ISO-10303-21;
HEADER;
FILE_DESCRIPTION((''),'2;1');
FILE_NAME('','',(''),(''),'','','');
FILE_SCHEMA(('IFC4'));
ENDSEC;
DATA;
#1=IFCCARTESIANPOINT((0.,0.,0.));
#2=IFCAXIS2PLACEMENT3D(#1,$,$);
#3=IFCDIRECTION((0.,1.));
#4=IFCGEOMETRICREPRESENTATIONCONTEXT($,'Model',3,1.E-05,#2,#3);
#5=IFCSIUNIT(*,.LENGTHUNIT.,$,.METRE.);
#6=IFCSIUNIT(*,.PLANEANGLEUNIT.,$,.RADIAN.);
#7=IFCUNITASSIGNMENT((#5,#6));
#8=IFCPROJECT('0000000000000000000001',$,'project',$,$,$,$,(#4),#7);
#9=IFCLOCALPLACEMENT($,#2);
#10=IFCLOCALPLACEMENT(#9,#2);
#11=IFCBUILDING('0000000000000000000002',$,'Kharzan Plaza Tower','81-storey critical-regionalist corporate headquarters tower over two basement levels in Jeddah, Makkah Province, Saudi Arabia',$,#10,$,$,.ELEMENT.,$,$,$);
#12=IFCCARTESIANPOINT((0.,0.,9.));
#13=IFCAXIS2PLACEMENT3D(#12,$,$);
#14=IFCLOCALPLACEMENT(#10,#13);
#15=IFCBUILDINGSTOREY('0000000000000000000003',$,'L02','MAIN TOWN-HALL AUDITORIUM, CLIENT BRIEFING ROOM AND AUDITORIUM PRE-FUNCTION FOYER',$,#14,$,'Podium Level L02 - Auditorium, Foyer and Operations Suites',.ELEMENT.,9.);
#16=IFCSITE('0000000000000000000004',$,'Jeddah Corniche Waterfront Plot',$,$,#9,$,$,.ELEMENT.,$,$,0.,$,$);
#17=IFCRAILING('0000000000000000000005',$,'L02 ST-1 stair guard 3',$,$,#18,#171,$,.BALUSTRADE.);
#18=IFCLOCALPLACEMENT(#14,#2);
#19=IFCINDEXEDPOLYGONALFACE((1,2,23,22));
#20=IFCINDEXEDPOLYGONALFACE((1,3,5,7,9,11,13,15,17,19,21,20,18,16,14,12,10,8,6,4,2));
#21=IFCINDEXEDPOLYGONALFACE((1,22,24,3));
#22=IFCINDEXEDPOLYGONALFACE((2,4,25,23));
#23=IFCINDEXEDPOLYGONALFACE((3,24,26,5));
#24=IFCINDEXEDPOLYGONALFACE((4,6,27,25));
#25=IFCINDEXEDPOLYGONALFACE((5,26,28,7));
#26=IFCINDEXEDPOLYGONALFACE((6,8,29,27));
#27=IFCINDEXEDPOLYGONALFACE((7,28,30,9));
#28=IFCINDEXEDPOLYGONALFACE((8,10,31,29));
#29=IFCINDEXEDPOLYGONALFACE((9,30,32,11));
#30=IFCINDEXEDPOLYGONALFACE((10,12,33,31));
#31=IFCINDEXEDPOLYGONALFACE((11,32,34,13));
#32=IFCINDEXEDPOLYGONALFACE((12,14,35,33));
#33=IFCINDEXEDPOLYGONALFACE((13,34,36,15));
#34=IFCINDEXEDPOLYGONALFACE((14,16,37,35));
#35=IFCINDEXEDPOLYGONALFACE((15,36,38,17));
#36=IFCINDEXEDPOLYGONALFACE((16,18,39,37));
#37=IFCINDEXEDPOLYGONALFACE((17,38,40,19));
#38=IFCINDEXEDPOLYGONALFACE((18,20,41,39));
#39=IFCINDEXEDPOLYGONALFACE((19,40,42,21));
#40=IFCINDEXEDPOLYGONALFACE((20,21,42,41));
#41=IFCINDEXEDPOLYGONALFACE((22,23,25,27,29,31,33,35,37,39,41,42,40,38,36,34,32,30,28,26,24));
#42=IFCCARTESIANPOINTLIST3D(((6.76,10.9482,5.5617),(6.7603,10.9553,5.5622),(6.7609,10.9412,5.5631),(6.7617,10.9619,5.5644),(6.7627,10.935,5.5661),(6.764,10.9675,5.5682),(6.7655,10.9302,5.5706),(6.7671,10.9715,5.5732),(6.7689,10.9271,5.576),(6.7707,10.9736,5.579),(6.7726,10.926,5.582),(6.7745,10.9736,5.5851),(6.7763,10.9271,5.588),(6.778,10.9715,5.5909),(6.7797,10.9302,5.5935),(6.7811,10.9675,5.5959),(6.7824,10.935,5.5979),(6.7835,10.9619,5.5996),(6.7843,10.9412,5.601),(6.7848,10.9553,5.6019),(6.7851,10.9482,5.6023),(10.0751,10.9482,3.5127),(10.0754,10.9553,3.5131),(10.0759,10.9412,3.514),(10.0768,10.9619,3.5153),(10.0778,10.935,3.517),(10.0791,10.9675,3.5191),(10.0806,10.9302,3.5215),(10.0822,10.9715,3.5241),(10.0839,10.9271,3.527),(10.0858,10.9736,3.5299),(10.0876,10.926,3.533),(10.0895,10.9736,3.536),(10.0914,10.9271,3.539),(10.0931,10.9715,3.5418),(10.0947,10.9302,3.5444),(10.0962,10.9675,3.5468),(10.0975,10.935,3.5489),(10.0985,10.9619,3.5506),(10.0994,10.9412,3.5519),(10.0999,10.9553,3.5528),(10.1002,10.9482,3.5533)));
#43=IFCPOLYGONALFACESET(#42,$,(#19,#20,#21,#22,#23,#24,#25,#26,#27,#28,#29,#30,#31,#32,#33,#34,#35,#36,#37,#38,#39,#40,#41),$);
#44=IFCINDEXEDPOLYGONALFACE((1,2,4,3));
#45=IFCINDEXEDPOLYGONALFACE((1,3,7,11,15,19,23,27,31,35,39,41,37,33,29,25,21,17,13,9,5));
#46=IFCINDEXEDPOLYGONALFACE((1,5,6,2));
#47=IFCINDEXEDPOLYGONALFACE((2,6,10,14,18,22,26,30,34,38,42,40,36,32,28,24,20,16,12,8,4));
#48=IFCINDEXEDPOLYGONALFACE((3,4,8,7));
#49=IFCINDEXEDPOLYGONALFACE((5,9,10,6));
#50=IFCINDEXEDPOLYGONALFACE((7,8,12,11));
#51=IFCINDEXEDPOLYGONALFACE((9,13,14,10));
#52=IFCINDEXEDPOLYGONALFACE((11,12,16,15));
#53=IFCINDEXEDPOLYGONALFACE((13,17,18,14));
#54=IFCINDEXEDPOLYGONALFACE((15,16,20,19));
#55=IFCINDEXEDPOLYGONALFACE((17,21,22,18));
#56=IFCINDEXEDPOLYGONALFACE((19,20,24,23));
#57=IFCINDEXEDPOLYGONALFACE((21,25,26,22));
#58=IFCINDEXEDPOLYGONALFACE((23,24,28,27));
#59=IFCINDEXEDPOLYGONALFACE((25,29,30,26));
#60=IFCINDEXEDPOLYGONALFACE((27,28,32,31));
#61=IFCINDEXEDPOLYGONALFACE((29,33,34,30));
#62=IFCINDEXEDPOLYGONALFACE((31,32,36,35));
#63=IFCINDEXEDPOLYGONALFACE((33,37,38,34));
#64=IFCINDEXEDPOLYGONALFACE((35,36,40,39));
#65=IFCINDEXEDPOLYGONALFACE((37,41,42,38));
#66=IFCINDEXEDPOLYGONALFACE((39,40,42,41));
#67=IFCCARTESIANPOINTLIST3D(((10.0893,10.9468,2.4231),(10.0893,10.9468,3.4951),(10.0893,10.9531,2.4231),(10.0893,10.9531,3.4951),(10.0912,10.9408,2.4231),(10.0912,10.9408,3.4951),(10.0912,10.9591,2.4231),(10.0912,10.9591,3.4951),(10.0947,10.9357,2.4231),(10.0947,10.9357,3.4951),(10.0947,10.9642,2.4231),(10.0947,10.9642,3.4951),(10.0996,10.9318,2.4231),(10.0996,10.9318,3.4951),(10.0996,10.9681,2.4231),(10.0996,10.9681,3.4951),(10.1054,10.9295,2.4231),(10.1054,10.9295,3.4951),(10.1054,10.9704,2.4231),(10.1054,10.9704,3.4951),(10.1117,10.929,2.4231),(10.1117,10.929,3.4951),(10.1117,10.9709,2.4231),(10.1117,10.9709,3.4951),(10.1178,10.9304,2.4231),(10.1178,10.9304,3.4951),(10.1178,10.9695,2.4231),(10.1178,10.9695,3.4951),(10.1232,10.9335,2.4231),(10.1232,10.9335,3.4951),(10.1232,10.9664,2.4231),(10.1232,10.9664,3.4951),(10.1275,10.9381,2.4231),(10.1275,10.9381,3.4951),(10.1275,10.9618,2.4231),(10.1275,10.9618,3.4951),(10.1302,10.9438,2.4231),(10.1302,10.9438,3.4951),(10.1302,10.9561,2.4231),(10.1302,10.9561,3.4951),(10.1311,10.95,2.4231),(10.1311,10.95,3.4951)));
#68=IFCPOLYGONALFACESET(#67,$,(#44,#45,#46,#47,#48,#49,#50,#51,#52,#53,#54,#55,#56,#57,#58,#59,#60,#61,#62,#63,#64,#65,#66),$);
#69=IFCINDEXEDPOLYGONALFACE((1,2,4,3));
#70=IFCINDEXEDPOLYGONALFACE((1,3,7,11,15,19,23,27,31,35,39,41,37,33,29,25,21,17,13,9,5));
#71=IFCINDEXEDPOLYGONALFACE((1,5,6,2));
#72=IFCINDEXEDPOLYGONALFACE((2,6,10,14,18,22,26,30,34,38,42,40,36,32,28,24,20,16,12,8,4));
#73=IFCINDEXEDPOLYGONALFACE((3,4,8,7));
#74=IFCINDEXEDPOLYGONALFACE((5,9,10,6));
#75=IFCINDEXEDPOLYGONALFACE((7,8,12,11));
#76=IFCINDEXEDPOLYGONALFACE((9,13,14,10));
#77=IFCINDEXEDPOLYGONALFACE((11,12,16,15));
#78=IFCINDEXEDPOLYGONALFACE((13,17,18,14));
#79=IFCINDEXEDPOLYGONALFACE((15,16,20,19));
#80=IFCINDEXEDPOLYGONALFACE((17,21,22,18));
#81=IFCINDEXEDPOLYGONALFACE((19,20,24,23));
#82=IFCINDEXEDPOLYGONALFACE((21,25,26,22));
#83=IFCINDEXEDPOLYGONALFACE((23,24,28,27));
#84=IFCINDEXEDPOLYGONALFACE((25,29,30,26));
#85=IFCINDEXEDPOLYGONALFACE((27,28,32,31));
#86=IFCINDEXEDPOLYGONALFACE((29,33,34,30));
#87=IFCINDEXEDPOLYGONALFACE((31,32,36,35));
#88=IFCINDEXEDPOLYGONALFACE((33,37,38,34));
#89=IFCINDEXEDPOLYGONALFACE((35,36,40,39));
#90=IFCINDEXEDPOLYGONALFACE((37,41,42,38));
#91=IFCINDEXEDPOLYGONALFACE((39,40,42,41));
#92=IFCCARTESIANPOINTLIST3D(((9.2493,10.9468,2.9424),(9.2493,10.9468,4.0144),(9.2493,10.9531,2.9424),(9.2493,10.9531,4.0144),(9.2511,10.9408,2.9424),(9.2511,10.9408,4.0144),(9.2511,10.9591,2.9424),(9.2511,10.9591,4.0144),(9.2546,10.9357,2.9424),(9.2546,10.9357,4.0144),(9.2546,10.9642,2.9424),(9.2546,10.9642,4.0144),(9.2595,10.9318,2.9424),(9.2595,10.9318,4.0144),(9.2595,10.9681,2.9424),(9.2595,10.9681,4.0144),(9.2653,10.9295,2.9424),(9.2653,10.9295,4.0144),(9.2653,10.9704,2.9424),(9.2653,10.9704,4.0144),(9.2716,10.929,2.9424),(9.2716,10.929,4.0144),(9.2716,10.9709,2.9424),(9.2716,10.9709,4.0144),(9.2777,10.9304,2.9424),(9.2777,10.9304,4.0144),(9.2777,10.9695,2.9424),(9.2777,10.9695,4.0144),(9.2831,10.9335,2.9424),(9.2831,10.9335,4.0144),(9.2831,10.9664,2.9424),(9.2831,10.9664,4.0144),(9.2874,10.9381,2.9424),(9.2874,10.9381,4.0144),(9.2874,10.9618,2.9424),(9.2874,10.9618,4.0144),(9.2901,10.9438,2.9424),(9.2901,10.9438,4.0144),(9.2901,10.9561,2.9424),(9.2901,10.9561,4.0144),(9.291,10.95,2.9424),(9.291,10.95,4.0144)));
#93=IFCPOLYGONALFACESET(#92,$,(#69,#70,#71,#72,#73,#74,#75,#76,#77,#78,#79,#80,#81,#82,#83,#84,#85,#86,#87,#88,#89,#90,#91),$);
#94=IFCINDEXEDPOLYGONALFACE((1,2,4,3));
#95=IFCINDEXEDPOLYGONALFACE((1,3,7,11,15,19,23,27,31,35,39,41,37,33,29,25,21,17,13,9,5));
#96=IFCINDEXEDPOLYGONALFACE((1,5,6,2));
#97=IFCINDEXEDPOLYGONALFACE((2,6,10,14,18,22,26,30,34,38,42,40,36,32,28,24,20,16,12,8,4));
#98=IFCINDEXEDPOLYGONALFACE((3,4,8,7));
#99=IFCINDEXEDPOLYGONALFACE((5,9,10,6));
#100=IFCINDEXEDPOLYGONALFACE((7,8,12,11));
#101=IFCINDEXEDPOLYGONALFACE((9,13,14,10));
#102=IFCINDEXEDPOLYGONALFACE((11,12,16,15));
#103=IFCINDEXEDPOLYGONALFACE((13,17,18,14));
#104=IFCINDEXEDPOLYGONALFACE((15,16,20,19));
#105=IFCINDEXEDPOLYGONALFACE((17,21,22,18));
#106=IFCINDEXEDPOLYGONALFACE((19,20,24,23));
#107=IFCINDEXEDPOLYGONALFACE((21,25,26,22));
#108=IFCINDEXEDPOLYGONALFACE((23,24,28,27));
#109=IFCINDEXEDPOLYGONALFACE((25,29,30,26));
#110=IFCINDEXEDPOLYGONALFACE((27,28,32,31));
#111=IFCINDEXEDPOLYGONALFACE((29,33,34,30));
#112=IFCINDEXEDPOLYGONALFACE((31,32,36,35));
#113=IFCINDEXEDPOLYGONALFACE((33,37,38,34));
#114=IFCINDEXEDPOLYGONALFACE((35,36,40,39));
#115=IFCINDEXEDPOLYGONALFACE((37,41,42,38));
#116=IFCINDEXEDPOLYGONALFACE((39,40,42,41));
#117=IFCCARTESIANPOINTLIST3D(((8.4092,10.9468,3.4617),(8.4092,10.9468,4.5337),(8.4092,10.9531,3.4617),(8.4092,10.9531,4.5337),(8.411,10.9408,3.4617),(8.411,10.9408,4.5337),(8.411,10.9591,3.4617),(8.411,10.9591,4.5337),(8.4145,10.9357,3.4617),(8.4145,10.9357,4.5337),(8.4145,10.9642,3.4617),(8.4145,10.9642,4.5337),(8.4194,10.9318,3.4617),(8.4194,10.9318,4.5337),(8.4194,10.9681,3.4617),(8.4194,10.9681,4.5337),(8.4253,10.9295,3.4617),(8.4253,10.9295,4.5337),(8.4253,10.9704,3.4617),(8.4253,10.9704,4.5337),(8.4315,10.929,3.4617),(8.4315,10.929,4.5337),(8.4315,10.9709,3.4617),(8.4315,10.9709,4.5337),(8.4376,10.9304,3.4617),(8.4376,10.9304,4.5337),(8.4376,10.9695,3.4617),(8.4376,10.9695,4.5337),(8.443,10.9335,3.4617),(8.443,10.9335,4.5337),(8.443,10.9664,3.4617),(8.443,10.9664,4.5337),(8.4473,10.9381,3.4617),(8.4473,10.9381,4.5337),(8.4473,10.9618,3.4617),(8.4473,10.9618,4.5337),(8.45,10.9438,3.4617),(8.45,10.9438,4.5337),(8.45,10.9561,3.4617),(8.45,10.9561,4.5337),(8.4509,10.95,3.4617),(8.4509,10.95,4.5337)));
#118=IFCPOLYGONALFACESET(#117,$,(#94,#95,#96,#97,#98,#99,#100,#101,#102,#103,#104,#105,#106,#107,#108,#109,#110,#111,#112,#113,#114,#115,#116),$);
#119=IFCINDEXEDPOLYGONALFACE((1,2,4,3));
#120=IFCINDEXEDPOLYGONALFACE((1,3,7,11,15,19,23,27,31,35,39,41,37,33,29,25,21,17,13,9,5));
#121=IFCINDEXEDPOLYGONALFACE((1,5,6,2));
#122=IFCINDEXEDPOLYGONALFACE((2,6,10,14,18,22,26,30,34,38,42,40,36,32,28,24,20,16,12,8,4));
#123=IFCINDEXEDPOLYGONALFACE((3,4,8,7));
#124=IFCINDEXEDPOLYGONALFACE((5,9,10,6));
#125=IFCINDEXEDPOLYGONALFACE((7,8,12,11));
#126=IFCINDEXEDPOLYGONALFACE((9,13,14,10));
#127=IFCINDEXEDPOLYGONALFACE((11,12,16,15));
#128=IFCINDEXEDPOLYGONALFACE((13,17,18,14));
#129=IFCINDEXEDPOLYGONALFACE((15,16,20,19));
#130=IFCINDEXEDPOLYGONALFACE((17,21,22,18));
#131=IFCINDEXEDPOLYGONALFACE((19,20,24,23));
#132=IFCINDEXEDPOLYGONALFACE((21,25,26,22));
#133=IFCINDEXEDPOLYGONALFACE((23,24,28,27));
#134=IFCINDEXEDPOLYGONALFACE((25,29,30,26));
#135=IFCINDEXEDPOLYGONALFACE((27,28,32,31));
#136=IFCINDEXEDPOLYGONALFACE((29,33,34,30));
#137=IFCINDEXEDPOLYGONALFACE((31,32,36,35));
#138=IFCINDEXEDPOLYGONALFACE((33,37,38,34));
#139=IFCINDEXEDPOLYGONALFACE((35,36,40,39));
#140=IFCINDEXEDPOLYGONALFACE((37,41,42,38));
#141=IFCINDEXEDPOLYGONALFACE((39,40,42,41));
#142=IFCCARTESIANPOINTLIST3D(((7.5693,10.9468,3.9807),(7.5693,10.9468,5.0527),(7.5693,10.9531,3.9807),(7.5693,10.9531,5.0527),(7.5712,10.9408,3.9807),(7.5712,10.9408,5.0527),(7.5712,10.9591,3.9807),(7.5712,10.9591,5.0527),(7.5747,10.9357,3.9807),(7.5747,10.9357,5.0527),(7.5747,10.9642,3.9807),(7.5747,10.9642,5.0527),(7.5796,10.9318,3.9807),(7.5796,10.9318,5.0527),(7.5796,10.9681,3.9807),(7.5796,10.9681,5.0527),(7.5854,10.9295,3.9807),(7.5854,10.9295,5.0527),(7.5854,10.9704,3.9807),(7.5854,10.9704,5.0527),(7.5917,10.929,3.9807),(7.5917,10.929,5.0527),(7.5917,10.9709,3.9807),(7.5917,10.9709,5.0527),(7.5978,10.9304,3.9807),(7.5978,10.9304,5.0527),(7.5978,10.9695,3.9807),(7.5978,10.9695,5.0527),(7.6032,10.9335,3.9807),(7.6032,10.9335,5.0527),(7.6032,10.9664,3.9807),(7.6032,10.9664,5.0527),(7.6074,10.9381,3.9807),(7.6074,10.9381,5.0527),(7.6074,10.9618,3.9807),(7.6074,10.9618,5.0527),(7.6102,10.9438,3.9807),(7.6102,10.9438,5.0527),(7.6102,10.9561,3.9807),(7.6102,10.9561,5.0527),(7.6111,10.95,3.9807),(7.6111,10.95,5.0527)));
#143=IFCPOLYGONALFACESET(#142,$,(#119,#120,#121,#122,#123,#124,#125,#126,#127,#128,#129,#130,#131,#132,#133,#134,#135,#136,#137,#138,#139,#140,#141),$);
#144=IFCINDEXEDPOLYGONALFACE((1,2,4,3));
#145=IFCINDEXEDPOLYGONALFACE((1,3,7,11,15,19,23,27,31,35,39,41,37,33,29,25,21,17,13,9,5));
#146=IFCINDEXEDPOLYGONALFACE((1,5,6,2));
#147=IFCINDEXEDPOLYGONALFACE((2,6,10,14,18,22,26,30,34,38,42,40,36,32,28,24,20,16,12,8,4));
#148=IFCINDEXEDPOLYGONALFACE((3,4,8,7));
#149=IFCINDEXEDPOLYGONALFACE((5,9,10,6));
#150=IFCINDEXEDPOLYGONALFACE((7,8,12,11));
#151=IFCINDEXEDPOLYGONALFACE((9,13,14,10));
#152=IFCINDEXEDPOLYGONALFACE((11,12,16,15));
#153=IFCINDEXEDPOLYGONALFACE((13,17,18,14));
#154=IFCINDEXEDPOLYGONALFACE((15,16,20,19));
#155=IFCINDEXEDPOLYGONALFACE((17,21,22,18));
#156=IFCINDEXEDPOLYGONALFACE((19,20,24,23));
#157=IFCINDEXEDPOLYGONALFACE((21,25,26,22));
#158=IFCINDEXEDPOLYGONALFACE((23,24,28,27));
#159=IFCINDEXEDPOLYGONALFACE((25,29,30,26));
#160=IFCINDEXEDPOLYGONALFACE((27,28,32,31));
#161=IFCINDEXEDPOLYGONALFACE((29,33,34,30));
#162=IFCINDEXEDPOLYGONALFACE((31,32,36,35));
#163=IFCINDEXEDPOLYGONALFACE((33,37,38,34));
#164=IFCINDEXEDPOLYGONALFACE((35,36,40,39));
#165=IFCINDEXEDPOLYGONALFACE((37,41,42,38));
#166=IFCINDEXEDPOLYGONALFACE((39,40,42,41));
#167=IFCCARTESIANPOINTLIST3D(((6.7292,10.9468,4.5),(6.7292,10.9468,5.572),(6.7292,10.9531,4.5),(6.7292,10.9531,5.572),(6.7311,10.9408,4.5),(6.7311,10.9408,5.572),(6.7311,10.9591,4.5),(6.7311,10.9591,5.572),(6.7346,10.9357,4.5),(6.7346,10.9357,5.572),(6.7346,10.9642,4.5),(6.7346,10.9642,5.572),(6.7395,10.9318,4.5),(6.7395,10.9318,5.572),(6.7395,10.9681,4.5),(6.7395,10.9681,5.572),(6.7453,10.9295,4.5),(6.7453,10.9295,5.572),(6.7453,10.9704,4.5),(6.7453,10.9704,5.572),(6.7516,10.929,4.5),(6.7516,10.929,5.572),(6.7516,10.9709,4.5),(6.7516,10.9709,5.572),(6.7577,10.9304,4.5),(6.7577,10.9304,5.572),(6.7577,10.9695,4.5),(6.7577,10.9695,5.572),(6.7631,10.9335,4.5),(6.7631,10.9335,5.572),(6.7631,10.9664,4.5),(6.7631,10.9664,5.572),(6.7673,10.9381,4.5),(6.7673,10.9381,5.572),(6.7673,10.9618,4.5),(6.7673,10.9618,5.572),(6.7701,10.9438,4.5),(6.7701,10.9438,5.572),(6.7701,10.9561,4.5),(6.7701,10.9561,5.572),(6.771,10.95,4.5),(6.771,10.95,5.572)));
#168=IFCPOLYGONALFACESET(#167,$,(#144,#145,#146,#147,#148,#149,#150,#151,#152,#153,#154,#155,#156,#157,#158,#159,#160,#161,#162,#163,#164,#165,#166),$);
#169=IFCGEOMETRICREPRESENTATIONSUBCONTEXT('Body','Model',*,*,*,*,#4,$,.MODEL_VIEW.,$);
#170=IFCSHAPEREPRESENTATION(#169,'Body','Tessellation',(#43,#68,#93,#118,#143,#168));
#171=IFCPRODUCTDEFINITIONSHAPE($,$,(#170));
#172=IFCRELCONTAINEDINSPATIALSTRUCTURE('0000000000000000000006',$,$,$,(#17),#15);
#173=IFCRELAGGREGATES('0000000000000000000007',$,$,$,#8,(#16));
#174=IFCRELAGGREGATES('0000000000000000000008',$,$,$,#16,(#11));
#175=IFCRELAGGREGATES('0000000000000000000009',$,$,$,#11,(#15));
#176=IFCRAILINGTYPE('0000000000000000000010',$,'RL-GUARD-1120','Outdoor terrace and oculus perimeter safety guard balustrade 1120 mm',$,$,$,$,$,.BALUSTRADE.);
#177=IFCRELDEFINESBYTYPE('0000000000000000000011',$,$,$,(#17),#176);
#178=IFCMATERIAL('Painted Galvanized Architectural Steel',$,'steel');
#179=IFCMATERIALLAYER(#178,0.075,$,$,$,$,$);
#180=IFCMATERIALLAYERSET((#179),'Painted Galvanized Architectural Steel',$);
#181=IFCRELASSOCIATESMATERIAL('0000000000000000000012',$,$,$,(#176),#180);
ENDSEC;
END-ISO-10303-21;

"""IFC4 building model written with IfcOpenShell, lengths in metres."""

from ifc_helpers import new_model, si_unit, direction, frame, origin, origin_2d, place, context, subcontext, project, spatial, circle, extrude, source, transform, mapped, material, layer, layer_set, type_object, element, save


model = new_model("IFC4")

# Units and contexts
model_context = context("Model", 3, precision=1e-05, world=origin(), true_north=direction((0.0, 1.0)))
body_context = subcontext(model_context, "Body", "Model", "MODEL_VIEW")
ifc_project = project(units=[si_unit("LENGTHUNIT", "METRE"), si_unit("PLANEANGLEUNIT", "RADIAN")], contexts=[model_context])

# Site, building, storey
site_placement = place(None, origin())
site = spatial("IfcSite", under=ifc_project, at=site_placement, Name="Jeddah Corniche Waterfront Plot", CompositionType="ELEMENT", RefElevation=0.0)
building_placement = place(site_placement, origin())
building = spatial("IfcBuilding", under=site, at=building_placement, Name="Kharzan Plaza Tower", Description="81-storey critical-regionalist corporate headquarters tower over two basement levels in Jeddah, Makkah Province, Saudi Arabia", CompositionType="ELEMENT")
storey_placement = place(building_placement, frame((0.0, 0.0, 9.0)))
storey = spatial("IfcBuildingStorey", under=building, at=storey_placement, Name="L02", Description="MAIN TOWN-HALL AUDITORIUM, CLIENT BRIEFING ROOM AND AUDITORIUM PRE-FUNCTION FOYER", LongName="Podium Level L02 - Auditorium, Foyer and Operations Suites", CompositionType="ELEMENT", Elevation=9.0)

# Railing
ifc_material_1 = material(Name="Painted Galvanized Architectural Steel", Category="steel")
ifc_layer_1 = layer(ifc_material_1, 0.075)
ifc_layer_set_1 = layer_set([ifc_layer_1], Name="Painted Galvanized Architectural Steel")
railing_type_1 = type_object("IfcRailingType", Name="RL-GUARD-1120", Description="Outdoor terrace and oculus perimeter safety guard balustrade 1120 mm", PredefinedType="BALUSTRADE", material=ifc_layer_set_1)
shared_shape_1 = source(origin(), body_context, "Body", "SweptSolid", [
    extrude(circle(Radius=0.0239, at=origin_2d()), frame((-0.0225, 0.0, 1.1099), z_axis=(-0.850623, 0.0, 0.525776), x_axis=(0.0, -1.0, 0.0)), (0.0, 0.0, 1.0), 3.8972),
    extrude(circle(Radius=0.021, at=origin_2d()), origin(), (0.0, 0.0, 1.0), 1.072),
    extrude(circle(Radius=0.021, at=origin_2d()), frame((-0.8401, 0.0, 0.5193)), (0.0, 0.0, 1.0), 1.072),
    extrude(circle(Radius=0.021, at=origin_2d()), frame((-1.6802, 0.0, 1.0386)), (0.0, 0.0, 1.0), 1.072),
    extrude(circle(Radius=0.021, at=origin_2d()), frame((-2.52, 0.0, 1.5576)), (0.0, 0.0, 1.0), 1.072),
    extrude(circle(Radius=0.021, at=origin_2d()), frame((-3.3601, 0.0, 2.0769)), (0.0, 0.0, 1.0), 1.072),
])
railing_1_placement = place(storey_placement, frame((10.1101, 10.95, 2.4231)))
element("IfcRailing", 1, at=railing_1_placement, inside=storey, type_object=railing_type_1, Name="L02 ST-1 stair guard 3", PredefinedType="BALUSTRADE", context=body_context, shape_type="MappedRepresentation", body=[
    mapped(shared_shape_1, transform((0.0, 0.0, 0.0), x_axis=(1.0, 0.0, 0.0), y_axis=(0.0, 1.0, 0.0), z_axis=(0.0, 0.0, 1.0))),
])

save(model, "model.ifc")
